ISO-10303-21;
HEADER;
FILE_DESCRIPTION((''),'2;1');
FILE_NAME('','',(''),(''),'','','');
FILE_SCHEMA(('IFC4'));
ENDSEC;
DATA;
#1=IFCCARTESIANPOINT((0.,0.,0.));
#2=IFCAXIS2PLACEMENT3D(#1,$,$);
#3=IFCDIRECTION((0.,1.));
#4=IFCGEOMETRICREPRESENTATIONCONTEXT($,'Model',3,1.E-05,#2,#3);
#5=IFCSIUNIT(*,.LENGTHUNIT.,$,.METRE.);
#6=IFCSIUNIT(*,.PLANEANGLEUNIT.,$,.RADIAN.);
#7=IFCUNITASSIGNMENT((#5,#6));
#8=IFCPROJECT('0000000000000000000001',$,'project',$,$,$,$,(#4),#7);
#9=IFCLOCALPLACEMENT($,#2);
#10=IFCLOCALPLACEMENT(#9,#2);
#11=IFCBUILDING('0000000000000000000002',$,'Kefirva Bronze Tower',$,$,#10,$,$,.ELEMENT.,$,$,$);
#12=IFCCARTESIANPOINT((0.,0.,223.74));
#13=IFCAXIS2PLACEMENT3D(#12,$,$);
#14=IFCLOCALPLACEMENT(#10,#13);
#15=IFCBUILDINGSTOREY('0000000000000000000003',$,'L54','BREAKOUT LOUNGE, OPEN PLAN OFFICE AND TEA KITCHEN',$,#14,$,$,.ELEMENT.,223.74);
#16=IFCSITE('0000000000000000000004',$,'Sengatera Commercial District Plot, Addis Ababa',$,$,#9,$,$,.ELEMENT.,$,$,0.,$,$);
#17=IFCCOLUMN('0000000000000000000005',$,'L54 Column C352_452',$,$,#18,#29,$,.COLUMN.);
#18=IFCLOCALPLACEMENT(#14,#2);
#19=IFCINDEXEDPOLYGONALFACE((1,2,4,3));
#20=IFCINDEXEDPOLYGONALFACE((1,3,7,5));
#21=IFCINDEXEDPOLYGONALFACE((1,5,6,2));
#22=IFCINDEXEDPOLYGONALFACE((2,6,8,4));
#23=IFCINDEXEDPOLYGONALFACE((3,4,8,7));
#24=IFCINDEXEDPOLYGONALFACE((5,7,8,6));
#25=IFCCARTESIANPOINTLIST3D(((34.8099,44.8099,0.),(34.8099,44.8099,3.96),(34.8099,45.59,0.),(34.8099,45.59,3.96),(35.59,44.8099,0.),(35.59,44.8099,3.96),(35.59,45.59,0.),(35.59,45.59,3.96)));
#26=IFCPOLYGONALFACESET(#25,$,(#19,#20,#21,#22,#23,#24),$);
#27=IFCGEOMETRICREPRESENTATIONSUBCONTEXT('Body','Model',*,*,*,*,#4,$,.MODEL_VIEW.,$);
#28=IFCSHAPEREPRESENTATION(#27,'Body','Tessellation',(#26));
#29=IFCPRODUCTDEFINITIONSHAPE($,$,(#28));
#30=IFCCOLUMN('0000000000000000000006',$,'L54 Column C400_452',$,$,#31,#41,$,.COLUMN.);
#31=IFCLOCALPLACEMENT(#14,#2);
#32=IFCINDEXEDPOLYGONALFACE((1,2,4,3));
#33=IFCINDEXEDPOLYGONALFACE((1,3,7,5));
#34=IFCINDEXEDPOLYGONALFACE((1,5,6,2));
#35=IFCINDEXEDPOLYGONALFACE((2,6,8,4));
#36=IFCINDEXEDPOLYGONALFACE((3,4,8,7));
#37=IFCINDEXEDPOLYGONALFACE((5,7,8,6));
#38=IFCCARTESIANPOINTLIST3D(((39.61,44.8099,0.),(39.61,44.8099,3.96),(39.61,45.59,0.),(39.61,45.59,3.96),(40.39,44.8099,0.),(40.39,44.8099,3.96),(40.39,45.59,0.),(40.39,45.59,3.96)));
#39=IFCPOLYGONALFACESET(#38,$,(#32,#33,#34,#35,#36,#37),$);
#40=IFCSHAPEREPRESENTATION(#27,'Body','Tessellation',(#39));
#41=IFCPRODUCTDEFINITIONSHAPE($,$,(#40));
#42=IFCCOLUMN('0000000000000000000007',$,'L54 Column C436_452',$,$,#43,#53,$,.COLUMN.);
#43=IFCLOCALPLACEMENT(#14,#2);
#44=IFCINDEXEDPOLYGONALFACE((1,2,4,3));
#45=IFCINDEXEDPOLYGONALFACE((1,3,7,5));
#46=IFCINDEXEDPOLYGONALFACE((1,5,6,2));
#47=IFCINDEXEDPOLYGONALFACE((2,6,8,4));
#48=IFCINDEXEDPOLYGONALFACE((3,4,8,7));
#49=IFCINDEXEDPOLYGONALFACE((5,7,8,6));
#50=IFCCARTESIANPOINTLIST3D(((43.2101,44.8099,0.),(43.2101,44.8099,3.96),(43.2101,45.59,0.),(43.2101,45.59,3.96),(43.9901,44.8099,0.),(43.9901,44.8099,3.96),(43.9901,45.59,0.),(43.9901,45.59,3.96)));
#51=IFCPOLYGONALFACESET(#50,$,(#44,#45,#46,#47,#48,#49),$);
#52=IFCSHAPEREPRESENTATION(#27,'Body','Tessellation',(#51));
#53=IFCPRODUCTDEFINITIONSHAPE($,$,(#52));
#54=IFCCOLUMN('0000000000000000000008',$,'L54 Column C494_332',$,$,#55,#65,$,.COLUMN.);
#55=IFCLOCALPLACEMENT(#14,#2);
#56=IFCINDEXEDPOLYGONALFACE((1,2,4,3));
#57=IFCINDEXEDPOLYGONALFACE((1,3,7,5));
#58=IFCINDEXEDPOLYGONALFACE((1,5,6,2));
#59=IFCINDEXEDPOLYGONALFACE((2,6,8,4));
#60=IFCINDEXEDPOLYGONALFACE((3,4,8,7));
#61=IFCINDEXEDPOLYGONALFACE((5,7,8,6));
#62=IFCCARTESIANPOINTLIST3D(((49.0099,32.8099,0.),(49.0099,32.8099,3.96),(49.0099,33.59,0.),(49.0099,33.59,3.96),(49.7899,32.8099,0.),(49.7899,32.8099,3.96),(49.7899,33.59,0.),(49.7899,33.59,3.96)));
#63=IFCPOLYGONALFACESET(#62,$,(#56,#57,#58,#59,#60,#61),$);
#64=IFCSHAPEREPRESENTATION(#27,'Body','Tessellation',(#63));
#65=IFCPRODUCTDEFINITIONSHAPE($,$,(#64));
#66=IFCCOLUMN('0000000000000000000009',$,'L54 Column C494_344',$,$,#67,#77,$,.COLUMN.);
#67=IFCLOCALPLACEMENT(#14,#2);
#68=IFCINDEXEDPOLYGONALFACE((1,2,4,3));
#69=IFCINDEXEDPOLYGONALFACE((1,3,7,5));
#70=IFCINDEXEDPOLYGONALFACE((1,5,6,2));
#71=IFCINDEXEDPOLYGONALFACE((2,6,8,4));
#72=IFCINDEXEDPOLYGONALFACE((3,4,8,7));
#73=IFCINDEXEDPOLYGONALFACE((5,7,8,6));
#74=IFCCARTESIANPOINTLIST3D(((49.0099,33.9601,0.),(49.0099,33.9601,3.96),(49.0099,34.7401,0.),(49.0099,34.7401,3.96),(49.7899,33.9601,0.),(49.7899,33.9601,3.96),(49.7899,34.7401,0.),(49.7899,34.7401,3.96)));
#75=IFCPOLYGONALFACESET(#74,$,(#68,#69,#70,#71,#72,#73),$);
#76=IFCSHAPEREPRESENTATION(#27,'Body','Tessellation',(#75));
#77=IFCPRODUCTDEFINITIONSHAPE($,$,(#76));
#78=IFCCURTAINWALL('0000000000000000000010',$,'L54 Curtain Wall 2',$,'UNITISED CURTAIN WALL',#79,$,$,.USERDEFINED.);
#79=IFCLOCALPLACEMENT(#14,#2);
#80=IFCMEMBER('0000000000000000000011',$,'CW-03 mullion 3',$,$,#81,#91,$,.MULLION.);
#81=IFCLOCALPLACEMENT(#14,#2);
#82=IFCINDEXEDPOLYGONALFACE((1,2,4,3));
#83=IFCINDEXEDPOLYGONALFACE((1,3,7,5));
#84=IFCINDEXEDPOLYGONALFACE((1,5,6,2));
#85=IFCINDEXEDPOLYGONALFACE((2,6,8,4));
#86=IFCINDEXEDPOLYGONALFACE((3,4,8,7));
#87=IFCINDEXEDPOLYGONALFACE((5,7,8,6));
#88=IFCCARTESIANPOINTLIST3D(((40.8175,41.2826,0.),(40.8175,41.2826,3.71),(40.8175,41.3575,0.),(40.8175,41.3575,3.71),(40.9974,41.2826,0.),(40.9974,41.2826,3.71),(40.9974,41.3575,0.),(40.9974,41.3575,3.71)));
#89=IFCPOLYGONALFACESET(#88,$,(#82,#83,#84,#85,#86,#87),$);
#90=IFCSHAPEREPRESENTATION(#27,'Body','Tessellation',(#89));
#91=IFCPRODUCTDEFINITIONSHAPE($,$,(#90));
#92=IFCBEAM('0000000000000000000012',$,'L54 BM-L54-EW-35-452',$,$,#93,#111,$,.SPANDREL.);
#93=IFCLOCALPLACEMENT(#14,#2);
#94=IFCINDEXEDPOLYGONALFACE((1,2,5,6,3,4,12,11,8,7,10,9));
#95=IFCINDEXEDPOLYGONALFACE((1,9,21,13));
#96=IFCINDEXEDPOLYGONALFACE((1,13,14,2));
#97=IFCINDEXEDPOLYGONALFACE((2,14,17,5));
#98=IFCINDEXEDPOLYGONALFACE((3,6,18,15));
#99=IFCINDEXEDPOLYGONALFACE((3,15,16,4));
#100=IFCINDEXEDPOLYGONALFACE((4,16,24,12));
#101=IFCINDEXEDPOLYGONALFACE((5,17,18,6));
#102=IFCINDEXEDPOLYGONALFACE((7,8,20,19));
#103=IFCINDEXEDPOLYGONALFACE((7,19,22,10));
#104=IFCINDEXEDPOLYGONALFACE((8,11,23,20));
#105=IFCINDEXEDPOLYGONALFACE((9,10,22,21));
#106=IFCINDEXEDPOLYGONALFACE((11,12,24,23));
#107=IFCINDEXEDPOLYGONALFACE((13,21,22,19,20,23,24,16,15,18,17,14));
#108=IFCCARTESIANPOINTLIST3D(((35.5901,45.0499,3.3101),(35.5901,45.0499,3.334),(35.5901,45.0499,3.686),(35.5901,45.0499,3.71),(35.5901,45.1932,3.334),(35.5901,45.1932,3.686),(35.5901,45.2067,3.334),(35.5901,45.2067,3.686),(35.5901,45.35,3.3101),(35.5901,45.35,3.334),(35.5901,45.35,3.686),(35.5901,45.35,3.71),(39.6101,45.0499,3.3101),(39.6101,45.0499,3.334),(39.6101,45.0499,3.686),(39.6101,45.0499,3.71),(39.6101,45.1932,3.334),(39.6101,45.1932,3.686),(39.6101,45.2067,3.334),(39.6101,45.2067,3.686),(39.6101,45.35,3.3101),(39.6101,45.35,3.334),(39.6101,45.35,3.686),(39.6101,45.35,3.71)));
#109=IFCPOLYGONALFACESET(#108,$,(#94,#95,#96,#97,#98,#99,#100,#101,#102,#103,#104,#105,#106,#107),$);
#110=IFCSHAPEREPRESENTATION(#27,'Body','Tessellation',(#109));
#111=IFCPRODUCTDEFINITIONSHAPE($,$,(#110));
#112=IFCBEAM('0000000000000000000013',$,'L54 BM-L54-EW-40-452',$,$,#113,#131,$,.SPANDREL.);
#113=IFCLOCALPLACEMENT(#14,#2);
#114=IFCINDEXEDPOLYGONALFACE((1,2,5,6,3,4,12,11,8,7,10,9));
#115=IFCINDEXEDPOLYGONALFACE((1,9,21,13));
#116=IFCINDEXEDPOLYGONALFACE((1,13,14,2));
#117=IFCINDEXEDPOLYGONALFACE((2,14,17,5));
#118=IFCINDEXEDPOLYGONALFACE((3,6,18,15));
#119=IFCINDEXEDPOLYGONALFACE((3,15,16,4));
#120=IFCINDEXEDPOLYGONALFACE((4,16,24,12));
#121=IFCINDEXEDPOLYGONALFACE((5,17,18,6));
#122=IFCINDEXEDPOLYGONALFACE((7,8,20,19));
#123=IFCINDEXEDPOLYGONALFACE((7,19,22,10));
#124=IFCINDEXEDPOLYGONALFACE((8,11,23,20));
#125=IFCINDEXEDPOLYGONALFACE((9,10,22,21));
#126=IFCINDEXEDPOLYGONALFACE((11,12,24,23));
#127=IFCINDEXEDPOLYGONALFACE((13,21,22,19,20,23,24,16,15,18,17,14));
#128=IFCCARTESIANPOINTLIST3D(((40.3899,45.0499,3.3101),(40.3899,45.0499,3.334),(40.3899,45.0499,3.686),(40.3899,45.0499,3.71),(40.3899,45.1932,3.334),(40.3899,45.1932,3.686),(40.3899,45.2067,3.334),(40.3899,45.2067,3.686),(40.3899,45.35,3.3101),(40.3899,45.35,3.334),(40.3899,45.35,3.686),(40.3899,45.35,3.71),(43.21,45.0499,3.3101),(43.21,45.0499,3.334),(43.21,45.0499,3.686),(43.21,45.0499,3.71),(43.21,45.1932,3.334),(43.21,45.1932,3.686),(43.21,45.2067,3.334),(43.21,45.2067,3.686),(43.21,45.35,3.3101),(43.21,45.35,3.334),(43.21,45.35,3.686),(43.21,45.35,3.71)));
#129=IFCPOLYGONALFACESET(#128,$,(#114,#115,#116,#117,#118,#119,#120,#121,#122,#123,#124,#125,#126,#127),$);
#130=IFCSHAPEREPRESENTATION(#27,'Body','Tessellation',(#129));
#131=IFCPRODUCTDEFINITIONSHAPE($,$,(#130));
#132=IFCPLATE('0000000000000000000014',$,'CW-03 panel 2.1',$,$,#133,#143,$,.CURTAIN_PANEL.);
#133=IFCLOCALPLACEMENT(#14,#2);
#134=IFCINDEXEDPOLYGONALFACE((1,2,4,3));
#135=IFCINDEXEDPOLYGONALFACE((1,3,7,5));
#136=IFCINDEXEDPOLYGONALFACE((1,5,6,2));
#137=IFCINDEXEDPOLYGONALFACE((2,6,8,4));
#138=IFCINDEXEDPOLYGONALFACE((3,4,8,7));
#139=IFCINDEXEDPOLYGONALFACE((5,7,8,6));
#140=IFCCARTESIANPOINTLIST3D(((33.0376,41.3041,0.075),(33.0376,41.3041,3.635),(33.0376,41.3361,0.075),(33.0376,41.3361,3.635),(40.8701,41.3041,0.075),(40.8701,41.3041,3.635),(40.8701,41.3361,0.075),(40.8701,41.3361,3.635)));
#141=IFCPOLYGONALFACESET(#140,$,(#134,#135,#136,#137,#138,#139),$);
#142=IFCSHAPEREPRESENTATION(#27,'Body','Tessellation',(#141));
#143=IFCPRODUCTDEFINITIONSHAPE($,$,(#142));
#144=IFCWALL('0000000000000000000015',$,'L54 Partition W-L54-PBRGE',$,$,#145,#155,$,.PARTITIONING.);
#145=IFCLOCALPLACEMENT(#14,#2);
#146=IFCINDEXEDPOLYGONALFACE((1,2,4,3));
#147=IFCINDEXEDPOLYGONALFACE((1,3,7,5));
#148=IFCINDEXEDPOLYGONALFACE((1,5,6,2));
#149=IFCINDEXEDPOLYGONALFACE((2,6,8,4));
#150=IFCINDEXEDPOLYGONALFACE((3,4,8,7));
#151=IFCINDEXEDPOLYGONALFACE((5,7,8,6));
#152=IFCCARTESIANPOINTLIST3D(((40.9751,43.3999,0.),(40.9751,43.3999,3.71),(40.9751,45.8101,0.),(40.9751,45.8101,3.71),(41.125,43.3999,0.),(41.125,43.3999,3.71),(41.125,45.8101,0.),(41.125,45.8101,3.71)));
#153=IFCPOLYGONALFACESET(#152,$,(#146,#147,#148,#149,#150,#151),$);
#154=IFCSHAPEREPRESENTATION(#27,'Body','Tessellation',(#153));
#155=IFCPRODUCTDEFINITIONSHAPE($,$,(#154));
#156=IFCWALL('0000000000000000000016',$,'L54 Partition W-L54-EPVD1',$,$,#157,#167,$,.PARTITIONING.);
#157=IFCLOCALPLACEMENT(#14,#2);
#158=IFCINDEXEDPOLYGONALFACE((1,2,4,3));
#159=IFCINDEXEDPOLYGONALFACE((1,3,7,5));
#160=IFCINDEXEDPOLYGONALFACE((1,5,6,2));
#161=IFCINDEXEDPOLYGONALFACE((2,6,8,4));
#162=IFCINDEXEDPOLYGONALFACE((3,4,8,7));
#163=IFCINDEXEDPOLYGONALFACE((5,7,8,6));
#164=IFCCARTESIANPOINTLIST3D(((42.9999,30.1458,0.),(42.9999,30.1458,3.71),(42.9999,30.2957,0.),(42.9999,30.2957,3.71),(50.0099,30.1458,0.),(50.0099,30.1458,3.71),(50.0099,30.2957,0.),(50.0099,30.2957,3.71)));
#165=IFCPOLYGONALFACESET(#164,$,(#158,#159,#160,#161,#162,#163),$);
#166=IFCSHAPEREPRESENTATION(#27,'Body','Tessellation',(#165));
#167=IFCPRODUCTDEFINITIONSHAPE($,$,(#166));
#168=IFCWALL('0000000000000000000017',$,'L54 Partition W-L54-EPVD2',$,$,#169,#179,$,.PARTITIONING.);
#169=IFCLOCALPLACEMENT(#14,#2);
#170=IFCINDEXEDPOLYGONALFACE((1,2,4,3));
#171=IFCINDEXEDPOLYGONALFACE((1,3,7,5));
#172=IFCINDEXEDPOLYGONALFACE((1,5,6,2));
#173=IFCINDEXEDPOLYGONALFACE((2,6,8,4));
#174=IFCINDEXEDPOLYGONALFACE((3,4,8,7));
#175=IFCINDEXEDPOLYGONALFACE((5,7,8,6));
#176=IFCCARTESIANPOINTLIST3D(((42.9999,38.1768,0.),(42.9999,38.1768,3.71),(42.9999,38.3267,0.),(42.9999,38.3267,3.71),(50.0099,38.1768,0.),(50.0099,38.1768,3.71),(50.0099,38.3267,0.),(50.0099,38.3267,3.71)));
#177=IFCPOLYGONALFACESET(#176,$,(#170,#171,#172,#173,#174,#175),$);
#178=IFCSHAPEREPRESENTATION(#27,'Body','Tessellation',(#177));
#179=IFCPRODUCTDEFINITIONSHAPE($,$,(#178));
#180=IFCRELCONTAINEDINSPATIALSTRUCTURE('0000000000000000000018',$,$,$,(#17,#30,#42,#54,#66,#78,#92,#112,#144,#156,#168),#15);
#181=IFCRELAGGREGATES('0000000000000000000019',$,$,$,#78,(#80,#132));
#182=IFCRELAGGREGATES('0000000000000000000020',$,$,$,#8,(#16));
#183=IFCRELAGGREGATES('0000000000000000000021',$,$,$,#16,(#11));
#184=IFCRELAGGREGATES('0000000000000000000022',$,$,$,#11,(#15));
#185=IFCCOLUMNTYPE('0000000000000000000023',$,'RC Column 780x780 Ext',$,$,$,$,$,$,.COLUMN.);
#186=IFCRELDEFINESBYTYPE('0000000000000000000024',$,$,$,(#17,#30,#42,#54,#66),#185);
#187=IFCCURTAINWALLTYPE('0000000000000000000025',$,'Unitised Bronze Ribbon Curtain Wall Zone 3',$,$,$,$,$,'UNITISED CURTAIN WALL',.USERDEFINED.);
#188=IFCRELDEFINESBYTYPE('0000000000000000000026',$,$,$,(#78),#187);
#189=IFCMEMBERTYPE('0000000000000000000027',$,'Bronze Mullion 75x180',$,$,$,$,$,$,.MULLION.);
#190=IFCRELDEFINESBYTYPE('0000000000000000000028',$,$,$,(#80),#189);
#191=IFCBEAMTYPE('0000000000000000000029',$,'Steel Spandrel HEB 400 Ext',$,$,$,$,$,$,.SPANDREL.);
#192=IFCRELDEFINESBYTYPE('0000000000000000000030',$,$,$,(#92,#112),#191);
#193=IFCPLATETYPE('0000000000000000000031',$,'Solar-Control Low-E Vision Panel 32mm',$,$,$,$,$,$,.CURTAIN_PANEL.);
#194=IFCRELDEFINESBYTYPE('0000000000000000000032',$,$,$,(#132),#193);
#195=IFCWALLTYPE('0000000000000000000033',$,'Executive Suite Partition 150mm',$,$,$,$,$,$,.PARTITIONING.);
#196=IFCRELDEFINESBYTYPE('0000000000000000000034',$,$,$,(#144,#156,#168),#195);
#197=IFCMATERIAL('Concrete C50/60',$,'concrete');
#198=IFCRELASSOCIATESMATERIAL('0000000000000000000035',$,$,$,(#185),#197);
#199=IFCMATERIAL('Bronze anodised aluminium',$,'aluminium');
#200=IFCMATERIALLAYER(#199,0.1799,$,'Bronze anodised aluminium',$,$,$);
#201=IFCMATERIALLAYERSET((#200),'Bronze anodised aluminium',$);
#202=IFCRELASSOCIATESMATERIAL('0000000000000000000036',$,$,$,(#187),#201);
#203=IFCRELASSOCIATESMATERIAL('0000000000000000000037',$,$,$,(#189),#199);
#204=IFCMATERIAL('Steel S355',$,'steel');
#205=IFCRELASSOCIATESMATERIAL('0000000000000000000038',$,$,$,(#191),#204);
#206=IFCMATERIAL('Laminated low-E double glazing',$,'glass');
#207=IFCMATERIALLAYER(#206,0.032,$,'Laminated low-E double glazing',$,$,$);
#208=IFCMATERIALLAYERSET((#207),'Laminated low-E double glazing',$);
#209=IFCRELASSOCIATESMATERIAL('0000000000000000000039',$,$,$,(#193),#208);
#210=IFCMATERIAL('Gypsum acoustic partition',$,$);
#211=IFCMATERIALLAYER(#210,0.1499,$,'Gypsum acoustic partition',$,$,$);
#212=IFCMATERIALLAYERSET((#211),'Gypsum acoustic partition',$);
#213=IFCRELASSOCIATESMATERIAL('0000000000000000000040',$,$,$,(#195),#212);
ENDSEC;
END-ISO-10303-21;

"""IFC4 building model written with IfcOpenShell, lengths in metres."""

from ifc_helpers import new_model, si_unit, direction, frame, frame_2d, origin, origin_2d, place, context, subcontext, project, spatial, rectangle, i_section, extrude, material, layer, layer_set, material_profile, profile_set, type_object, element, aggregate, save


model = new_model("IFC4")

# Units and contexts
model_context = context("Model", 3, precision=1e-05, world=origin(), true_north=direction((0.0, 1.0)))
body_context = subcontext(model_context, "Body", "Model", "MODEL_VIEW")
ifc_project = project(units=[si_unit("LENGTHUNIT", "METRE"), si_unit("PLANEANGLEUNIT", "RADIAN")], contexts=[model_context])

# Site, building, storey
site_placement = place(None, origin())
site = spatial("IfcSite", under=ifc_project, at=site_placement, Name="Sengatera Commercial District Plot, Addis Ababa", CompositionType="ELEMENT", RefElevation=0.0)
building_placement = place(site_placement, origin())
building = spatial("IfcBuilding", under=site, at=building_placement, Name="Kefirva Bronze Tower", CompositionType="ELEMENT")
storey_placement = place(building_placement, frame((0.0, 0.0, 223.74)))
storey = spatial("IfcBuildingStorey", under=building, at=storey_placement, Name="L54", Description="BREAKOUT LOUNGE, OPEN PLAN OFFICE AND TEA KITCHEN", CompositionType="ELEMENT", Elevation=223.74)

# Columns
ifc_material_1 = material(Name="Concrete C50/60", Category="concrete")
ifc_material_profile_1 = material_profile(ifc_material_1, rectangle(XDim=0.78, YDim=0.78, at=origin_2d()), Name="RC 780x780")
ifc_profile_set_1 = profile_set([ifc_material_profile_1], Name="Concrete C50/60")
column_type = type_object("IfcColumnType", Name="RC Column 780x780 Ext", PredefinedType="COLUMN", material=ifc_profile_set_1)
for number, where, z_axis, x_axis, name in (
    (1, (35.2, 45.2, 0.0), (0.0, 0.0, 1.0), (1.0, 0.0, 0.0), "L54 Column C352_452"),
    (2, (40.0, 45.2, 0.0), (0.0, 0.0, 1.0), (1.0, 0.0, 0.0), "L54 Column C400_452"),
    (3, (43.6001, 45.2, 0.0), (0.0, 0.0, 1.0), (1.0, 0.0, 0.0), "L54 Column C436_452"),
    (4, (49.3999, 33.2, 0.0), (0.0, 0.0, 1.0), (1.0, 0.0, 0.0), "L54 Column C494_332"),
    (5, (49.3999, 34.3501, 0.0), (0.0, 0.0, 1.0), (1.0, 0.0, 0.0), "L54 Column C494_344"),
):
    element("IfcColumn", number, at=place(storey_placement, frame(where, z_axis=z_axis, x_axis=x_axis)), inside=storey, type_object=column_type, Name=name, PredefinedType="COLUMN", context=body_context, shape_type="SweptSolid", body=[
        extrude(rectangle(XDim=0.78, YDim=0.78, at=origin_2d()), origin(), (0.0, 0.0, 1.0), 3.96),
    ])

# Curtain wall, member
ifc_material_2 = material(Name="Bronze anodised aluminium", Category="aluminium")
ifc_layer_1 = layer(ifc_material_2, 0.1799, Name="Bronze anodised aluminium")
ifc_layer_set_1 = layer_set([ifc_layer_1], Name="Bronze anodised aluminium")
curtain_wall_type = type_object("IfcCurtainWallType", Name="Unitised Bronze Ribbon Curtain Wall Zone 3", ElementType="UNITISED CURTAIN WALL", PredefinedType="USERDEFINED", material=ifc_layer_set_1)
curtain_wall_placement = place(storey_placement, origin())
curtain_wall = element("IfcCurtainWall", 6, at=curtain_wall_placement, inside=storey, type_object=curtain_wall_type, Name="L54 Curtain Wall 2", ObjectType="UNITISED CURTAIN WALL", PredefinedType="USERDEFINED")
ifc_material_profile_2 = material_profile(ifc_material_2, rectangle(XDim=0.075, YDim=0.1799, at=origin_2d()), Name="ALU 75x180")
ifc_profile_set_2 = profile_set([ifc_material_profile_2], Name="Bronze anodised aluminium")
member_type = type_object("IfcMemberType", Name="Bronze Mullion 75x180", PredefinedType="MULLION", material=ifc_profile_set_2)
member_placement = place(storey_placement, frame((40.9075, 41.3201, 0.0), z_axis=(0.0, 0.0, 1.0), x_axis=(0.0, 1.0, 0.0)))
member = element("IfcMember", 7, at=member_placement, type_object=member_type, Name="CW-03 mullion 3", PredefinedType="MULLION", context=body_context, shape_type="SweptSolid", body=[
    extrude(rectangle(XDim=0.075, YDim=0.1799, at=origin_2d()), origin(), (0.0, 0.0, 1.0), 3.71),
])

# Beams
ifc_material_3 = material(Name="Steel S355", Category="steel")
ifc_material_profile_3 = material_profile(ifc_material_3, i_section(OverallWidth=0.3, OverallDepth=0.3999, WebThickness=0.0134, FlangeThickness=0.0239, at=origin_2d()), Name="HEB 400")
ifc_profile_set_3 = profile_set([ifc_material_profile_3], Name="Steel S355")
beam_type = type_object("IfcBeamType", Name="Steel Spandrel HEB 400 Ext", PredefinedType="SPANDREL", material=ifc_profile_set_3)
beam_1_placement = place(storey_placement, frame((35.5901, 45.2, 3.51), z_axis=(1.0, 0.0, 0.0), x_axis=(0.0, 1.0, 0.0)))
element("IfcBeam", 8, at=beam_1_placement, inside=storey, type_object=beam_type, Name="L54 BM-L54-EW-35-452", PredefinedType="SPANDREL", context=body_context, shape_type="SweptSolid", body=[
    extrude(i_section(OverallWidth=0.3, OverallDepth=0.3999, WebThickness=0.0134, FlangeThickness=0.0239, at=origin_2d()), origin(), (0.0, 0.0, 1.0), 4.02),
])
beam_2_placement = place(storey_placement, frame((40.3899, 45.2, 3.51), z_axis=(1.0, 0.0, 0.0), x_axis=(0.0, 1.0, 0.0)))
element("IfcBeam", 9, at=beam_2_placement, inside=storey, type_object=beam_type, Name="L54 BM-L54-EW-40-452", PredefinedType="SPANDREL", context=body_context, shape_type="SweptSolid", body=[
    extrude(i_section(OverallWidth=0.3, OverallDepth=0.3999, WebThickness=0.0134, FlangeThickness=0.0239, at=origin_2d()), origin(), (0.0, 0.0, 1.0), 2.8201),
])

# Plate
ifc_material_4 = material(Name="Laminated low-E double glazing", Category="glass")
ifc_layer_2 = layer(ifc_material_4, 0.032, Name="Laminated low-E double glazing")
ifc_layer_set_2 = layer_set([ifc_layer_2], Name="Laminated low-E double glazing")
plate_type = type_object("IfcPlateType", Name="Solar-Control Low-E Vision Panel 32mm", PredefinedType="CURTAIN_PANEL", material=ifc_layer_set_2)
plate_placement = place(storey_placement, frame((36.9539, 41.3201, 0.075), z_axis=(0.0, 0.0, 1.0), x_axis=(1.0, 0.0, 0.0)))
plate = element("IfcPlate", 10, at=plate_placement, type_object=plate_type, Name="CW-03 panel 2.1", PredefinedType="CURTAIN_PANEL", context=body_context, shape_type="SweptSolid", body=[
    extrude(rectangle(XDim=7.8325, YDim=0.032, at=origin_2d()), origin(), (0.0, 0.0, 1.0), 3.5601),
])
aggregate(curtain_wall, [member, plate])

# Walls
ifc_material_5 = material(Name="Gypsum acoustic partition")
ifc_layer_3 = layer(ifc_material_5, 0.1499, Name="Gypsum acoustic partition")
ifc_layer_set_3 = layer_set([ifc_layer_3], Name="Gypsum acoustic partition")
wall_type_1 = type_object("IfcWallType", Name="Executive Suite Partition 150mm", PredefinedType="PARTITIONING", material=ifc_layer_set_3)
wall_1_placement = place(storey_placement, frame((41.05, 43.3999, 0.0), z_axis=(0.0, 0.0, 1.0), x_axis=(0.0, 1.0, 0.0)))
element("IfcWall", 11, at=wall_1_placement, inside=storey, type_object=wall_type_1, Name="L54 Partition W-L54-PBRGE", PredefinedType="PARTITIONING", context=body_context, shape_type="SweptSolid", body=[
    extrude(rectangle(XDim=2.4102, YDim=0.1499, at=frame_2d((1.2051, 0.0))), origin(), (0.0, 0.0, 1.0), 3.71),
])
for number, where, z_axis, x_axis, name in (
    (12, (43.0, 30.2207, 0.0), (0.0, 0.0, 1.0), (1.0, 0.0, 0.0), "L54 Partition W-L54-EPVD1"),
    (13, (43.0, 38.2517, 0.0), (0.0, 0.0, 1.0), (1.0, 0.0, 0.0), "L54 Partition W-L54-EPVD2"),
):
    element("IfcWall", number, at=place(storey_placement, frame(where, z_axis=z_axis, x_axis=x_axis)), inside=storey, type_object=wall_type_1, Name=name, PredefinedType="PARTITIONING", context=body_context, shape_type="SweptSolid", body=[
        extrude(rectangle(XDim=7.01, YDim=0.1499, at=frame_2d((3.5049, 0.0))), origin(), (0.0, 0.0, 1.0), 3.71),
    ])

save(model, "model.ifc")
